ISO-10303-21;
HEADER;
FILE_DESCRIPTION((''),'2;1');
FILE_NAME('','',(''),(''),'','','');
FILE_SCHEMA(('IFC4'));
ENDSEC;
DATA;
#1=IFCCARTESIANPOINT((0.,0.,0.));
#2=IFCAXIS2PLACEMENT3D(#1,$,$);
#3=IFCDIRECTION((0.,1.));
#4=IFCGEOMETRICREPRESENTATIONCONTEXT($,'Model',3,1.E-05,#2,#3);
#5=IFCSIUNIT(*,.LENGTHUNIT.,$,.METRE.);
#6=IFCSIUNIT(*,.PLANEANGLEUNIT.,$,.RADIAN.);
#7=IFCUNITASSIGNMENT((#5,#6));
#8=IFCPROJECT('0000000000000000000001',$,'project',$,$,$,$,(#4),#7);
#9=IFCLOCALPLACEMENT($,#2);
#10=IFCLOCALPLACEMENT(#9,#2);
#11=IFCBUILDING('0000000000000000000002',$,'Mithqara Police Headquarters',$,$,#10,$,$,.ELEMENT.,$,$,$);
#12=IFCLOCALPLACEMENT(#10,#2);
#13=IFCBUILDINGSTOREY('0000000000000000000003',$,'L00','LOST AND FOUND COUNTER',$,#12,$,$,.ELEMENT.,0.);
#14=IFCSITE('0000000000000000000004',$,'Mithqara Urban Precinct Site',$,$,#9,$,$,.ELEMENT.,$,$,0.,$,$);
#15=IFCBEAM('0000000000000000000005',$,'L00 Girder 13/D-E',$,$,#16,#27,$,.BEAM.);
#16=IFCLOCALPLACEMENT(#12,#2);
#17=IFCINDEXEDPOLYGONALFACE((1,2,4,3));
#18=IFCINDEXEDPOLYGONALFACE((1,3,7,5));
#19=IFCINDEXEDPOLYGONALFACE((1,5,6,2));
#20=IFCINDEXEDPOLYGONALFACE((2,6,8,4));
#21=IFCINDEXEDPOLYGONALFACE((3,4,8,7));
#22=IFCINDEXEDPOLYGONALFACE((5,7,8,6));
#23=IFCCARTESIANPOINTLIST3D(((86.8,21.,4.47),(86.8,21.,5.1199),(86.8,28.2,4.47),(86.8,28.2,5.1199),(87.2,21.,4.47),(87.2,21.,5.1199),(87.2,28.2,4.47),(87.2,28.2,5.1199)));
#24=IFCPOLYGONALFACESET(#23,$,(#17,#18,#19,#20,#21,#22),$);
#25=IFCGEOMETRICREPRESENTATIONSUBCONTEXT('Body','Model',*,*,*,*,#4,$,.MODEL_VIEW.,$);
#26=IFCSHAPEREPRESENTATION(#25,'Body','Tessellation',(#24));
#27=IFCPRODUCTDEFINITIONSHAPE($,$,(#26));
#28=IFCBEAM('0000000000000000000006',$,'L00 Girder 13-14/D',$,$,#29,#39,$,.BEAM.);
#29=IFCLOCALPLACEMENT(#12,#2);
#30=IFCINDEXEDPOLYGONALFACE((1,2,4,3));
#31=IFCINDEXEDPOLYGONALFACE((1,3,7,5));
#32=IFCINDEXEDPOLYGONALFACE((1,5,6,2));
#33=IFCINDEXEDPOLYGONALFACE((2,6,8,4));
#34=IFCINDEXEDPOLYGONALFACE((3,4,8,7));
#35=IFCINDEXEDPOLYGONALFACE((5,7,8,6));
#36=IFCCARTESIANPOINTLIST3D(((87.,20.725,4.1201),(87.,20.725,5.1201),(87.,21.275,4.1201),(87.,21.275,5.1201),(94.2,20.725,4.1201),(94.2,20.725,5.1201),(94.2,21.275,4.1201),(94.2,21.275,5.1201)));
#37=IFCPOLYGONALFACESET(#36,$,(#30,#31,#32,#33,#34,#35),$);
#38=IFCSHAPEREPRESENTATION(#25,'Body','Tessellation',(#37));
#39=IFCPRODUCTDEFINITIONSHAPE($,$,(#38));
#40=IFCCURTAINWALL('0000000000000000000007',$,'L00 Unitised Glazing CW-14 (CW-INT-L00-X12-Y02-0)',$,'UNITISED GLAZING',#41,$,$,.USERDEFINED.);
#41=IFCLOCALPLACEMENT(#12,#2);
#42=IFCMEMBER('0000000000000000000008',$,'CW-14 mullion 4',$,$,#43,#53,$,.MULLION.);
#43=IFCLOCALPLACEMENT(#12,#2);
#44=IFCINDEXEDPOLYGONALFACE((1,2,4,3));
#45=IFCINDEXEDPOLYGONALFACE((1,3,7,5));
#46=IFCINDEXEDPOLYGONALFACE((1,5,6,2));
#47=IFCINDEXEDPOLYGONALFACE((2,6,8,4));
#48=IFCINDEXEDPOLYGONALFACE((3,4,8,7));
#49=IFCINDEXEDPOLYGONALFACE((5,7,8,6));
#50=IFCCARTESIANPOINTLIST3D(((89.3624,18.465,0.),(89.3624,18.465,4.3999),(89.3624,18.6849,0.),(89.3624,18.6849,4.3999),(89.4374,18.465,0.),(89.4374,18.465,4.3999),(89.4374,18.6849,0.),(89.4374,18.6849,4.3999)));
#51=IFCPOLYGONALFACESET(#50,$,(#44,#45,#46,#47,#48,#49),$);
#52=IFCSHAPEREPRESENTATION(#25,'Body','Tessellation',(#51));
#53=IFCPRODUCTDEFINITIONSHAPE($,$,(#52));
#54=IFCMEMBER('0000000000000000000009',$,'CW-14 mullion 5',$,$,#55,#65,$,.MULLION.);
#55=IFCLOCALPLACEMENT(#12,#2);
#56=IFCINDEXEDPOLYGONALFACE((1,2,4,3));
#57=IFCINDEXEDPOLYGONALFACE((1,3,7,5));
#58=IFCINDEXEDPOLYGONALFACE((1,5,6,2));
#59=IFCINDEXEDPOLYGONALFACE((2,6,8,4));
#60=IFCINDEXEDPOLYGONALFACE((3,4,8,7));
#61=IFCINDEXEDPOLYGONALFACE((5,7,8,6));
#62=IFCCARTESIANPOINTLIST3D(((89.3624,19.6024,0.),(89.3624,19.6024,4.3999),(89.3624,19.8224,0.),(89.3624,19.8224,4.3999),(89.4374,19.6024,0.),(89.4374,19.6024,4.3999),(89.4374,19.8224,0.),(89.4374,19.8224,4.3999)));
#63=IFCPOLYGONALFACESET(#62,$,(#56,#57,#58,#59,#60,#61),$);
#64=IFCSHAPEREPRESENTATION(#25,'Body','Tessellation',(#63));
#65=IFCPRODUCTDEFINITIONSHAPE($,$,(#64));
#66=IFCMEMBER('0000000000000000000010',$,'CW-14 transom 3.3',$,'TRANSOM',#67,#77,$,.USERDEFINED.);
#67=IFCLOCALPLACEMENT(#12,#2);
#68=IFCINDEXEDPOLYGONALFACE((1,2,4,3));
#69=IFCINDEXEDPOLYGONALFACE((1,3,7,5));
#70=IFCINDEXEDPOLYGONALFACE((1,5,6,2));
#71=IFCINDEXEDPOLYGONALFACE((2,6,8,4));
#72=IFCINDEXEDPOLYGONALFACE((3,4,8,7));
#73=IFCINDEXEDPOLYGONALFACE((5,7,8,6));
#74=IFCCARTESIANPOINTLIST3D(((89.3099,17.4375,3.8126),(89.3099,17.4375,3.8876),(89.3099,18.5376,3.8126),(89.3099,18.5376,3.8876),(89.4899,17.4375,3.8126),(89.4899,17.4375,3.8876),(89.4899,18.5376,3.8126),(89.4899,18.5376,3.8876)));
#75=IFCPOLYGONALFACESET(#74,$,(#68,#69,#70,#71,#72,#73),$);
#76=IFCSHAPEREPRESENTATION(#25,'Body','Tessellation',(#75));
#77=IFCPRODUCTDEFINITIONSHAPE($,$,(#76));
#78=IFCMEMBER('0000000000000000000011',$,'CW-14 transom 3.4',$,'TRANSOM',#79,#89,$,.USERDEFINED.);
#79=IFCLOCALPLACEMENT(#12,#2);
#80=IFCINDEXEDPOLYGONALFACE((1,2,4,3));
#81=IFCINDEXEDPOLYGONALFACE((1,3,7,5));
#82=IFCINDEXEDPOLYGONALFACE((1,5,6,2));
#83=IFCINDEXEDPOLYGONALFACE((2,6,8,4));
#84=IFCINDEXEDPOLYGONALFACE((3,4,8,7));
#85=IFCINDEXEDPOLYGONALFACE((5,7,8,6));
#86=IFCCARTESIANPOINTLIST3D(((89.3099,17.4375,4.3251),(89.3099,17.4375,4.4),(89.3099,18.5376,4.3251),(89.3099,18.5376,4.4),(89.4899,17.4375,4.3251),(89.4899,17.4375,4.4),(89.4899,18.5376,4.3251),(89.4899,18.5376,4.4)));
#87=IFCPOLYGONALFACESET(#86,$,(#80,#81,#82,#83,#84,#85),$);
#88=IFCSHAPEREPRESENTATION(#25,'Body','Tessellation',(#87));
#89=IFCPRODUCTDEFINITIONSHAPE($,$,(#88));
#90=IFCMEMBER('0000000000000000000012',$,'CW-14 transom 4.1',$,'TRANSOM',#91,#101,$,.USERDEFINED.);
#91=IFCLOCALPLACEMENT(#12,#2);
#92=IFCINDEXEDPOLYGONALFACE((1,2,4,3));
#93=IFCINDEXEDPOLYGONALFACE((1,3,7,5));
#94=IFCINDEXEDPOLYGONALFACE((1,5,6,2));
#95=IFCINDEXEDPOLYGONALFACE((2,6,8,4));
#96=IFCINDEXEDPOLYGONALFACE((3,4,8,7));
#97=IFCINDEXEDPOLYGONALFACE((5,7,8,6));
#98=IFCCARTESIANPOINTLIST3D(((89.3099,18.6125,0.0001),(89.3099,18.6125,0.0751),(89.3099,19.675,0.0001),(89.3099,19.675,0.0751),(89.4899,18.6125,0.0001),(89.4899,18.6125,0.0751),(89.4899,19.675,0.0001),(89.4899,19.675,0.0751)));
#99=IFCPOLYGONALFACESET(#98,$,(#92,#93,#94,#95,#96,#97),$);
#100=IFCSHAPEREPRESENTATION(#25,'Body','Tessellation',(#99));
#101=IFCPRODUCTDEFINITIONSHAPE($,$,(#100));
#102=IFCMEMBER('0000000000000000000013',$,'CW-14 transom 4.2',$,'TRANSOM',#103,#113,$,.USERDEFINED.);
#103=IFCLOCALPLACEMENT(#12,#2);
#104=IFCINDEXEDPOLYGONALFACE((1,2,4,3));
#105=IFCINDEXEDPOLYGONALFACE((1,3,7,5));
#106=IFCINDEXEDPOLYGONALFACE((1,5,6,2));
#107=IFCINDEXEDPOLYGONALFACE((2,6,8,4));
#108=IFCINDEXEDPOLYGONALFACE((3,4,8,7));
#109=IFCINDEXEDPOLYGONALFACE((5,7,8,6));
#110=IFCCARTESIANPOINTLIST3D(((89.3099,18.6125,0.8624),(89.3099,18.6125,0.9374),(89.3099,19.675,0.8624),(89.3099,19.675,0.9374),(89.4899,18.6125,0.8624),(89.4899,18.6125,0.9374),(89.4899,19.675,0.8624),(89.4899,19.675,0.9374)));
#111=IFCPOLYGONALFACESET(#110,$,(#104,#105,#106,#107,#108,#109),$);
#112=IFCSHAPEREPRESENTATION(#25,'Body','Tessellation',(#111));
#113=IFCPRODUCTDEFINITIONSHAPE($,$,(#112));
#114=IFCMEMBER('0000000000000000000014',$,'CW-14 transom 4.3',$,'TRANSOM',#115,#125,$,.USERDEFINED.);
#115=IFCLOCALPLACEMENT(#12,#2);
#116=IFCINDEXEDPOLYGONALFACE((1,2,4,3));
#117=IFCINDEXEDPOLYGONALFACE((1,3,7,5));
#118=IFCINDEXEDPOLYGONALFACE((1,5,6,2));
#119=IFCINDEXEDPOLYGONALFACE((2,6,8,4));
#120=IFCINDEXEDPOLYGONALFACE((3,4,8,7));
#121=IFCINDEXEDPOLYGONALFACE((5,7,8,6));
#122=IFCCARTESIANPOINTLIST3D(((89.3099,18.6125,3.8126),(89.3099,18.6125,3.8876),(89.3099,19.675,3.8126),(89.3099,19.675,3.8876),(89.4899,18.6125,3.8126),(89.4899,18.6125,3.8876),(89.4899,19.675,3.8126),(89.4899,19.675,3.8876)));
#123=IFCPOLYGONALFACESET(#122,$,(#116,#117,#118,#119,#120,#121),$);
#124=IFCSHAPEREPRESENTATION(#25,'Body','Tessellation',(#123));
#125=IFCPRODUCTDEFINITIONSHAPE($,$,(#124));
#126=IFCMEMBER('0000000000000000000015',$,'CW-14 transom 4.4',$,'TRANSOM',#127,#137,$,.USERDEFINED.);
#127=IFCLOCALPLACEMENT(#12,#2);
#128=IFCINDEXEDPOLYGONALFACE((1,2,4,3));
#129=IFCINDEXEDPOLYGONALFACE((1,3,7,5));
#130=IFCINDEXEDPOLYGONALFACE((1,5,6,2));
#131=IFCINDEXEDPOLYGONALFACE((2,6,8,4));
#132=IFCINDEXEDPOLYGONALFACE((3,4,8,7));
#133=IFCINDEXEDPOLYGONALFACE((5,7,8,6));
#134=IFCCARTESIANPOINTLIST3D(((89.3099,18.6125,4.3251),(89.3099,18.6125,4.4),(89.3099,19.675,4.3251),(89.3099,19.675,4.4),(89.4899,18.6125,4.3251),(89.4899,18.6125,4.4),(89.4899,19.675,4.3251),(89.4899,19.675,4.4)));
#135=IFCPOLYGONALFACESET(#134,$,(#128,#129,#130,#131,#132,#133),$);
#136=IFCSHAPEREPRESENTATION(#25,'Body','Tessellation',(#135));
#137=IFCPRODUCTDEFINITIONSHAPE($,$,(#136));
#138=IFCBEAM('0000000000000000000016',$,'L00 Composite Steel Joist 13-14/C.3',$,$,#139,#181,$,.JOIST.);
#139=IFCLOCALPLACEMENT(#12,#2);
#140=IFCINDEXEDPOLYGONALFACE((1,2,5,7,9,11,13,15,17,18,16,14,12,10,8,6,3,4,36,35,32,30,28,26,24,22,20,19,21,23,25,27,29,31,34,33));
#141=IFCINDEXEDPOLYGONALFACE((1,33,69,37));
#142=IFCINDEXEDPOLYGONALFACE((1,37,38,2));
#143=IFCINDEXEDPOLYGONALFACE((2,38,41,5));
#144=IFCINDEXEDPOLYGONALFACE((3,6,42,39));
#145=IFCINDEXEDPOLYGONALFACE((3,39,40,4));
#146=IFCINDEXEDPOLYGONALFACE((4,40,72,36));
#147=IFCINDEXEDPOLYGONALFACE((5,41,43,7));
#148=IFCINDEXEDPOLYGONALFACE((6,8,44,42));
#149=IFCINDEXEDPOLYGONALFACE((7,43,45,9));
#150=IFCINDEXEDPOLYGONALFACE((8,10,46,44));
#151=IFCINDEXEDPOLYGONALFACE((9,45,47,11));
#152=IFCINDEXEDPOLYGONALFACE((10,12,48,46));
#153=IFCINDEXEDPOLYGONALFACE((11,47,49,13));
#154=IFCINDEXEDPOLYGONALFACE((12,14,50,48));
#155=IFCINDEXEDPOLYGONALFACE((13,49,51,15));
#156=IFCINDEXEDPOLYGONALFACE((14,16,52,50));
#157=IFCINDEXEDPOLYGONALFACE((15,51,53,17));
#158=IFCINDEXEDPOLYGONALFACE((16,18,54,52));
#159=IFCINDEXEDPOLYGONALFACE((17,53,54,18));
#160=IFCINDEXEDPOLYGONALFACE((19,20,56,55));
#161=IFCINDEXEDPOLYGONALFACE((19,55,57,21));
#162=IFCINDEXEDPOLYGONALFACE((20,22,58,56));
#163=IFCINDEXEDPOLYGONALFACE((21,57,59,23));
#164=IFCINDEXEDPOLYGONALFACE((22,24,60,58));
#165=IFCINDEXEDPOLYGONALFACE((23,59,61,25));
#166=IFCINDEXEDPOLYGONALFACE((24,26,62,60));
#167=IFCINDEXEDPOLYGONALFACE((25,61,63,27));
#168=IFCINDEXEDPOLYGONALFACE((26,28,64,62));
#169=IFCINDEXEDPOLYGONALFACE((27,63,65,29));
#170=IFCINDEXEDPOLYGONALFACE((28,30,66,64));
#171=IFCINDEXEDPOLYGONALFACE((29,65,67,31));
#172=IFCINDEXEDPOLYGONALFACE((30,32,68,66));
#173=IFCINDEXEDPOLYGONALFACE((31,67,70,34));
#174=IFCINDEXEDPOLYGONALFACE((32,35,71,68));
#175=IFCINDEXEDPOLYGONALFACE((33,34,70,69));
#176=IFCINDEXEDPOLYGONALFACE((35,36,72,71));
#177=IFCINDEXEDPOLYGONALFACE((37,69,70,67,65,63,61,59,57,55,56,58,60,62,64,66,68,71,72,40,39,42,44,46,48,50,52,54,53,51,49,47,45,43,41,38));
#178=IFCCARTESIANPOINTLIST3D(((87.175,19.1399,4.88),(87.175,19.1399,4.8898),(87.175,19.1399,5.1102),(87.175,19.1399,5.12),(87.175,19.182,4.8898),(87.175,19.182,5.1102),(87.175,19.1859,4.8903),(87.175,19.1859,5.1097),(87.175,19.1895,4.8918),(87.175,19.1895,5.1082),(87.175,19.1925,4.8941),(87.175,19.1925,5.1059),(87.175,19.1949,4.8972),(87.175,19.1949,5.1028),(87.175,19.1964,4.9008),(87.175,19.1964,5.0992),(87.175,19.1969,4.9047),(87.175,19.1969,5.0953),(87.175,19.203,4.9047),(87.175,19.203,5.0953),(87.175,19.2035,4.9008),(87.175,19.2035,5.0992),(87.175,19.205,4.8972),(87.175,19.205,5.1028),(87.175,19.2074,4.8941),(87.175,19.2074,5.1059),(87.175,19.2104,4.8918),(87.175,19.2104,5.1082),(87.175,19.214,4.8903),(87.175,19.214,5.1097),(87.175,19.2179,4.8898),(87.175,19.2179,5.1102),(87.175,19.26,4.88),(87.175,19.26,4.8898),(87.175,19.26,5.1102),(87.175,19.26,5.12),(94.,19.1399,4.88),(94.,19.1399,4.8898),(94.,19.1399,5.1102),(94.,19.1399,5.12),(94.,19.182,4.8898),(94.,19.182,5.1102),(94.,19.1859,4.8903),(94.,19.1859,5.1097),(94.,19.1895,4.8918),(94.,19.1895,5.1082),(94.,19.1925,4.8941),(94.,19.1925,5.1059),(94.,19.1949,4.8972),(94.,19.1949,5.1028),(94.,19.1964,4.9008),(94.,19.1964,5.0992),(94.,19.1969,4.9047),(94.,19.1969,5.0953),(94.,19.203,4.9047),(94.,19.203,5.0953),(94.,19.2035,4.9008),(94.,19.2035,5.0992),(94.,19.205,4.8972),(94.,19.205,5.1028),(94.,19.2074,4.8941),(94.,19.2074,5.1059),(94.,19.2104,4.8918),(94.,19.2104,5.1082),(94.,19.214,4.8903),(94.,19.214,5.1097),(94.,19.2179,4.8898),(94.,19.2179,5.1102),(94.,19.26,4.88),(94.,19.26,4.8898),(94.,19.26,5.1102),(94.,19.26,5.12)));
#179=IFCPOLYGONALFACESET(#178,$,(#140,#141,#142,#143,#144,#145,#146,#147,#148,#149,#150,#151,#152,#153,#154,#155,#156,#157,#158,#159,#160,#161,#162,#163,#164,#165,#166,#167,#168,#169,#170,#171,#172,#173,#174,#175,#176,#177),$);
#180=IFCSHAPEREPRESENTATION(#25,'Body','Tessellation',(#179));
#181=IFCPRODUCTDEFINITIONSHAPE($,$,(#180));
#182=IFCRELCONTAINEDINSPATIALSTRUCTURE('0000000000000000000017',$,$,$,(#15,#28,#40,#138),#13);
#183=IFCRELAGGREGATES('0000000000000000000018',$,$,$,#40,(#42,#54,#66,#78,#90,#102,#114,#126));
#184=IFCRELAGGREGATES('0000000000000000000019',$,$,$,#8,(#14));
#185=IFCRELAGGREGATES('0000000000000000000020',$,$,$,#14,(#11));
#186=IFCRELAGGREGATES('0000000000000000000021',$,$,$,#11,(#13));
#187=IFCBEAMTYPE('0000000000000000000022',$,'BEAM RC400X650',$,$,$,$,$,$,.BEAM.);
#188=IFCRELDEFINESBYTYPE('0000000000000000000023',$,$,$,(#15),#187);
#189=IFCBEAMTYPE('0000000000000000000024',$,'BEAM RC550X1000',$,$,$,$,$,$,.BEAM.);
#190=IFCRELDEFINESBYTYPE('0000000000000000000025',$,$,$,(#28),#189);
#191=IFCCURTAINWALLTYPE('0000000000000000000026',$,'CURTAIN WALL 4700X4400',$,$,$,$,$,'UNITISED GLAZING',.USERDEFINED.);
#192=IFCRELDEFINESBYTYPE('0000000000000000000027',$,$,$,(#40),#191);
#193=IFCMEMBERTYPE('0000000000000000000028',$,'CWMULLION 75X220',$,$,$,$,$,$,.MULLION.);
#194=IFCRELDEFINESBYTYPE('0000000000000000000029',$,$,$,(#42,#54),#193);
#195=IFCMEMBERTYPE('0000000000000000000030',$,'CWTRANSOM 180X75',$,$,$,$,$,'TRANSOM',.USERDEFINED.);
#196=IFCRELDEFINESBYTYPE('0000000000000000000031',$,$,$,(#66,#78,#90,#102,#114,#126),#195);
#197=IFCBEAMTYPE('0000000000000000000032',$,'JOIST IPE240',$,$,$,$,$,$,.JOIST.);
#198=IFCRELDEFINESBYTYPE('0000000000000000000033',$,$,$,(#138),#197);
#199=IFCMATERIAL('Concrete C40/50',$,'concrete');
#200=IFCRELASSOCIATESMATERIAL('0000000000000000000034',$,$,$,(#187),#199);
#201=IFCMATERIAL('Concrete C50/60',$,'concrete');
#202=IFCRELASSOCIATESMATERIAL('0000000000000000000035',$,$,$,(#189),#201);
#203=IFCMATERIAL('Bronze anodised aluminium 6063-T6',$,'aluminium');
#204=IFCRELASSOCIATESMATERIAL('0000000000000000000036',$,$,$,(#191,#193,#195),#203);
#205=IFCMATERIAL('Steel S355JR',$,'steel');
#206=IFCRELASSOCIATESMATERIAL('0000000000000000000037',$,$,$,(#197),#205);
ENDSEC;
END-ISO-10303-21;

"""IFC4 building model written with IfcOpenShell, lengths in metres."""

from ifc_helpers import new_model, si_unit, direction, frame, origin, origin_2d, place, context, subcontext, project, spatial, rectangle, i_section, extrude, material, material_profile, profile_set, type_object, element, aggregate, save


model = new_model("IFC4")

# Units and contexts
model_context = context("Model", 3, precision=1e-05, world=origin(), true_north=direction((0.0, 1.0)))
body_context = subcontext(model_context, "Body", "Model", "MODEL_VIEW")
ifc_project = project(units=[si_unit("LENGTHUNIT", "METRE"), si_unit("PLANEANGLEUNIT", "RADIAN")], contexts=[model_context])

# Site, building, storey
site_placement = place(None, origin())
site = spatial("IfcSite", under=ifc_project, at=site_placement, Name="Mithqara Urban Precinct Site", CompositionType="ELEMENT", RefElevation=0.0)
building_placement = place(site_placement, origin())
building = spatial("IfcBuilding", under=site, at=building_placement, Name="Mithqara Police Headquarters", CompositionType="ELEMENT")
storey_placement = place(building_placement, origin())
storey = spatial("IfcBuildingStorey", under=building, at=storey_placement, Name="L00", Description="LOST AND FOUND COUNTER", CompositionType="ELEMENT", Elevation=0.0)

# Shared definitions
ifc_material_1 = material(Name="Concrete C50/60", Category="concrete")

# Beams
ifc_material_2 = material(Name="Steel S355JR", Category="steel")
ifc_material_3 = material(Name="Concrete C40/50", Category="concrete")
ifc_material_profile_1 = material_profile(ifc_material_3, rectangle(XDim=0.3999, YDim=0.6499, at=origin_2d()), Name="RC 400x650")
ifc_profile_set_1 = profile_set([ifc_material_profile_1], Name="Concrete C40/50")
beam_type_1 = type_object("IfcBeamType", Name="BEAM RC400X650", PredefinedType="BEAM", material=ifc_profile_set_1)
beam_1_placement = place(storey_placement, frame((87.0, 21.0, 4.7949), z_axis=(0.0, 1.0, 0.0), x_axis=(-1.0, 0.0, 0.0)))
element("IfcBeam", 1, at=beam_1_placement, inside=storey, type_object=beam_type_1, Name="L00 Girder 13/D-E", PredefinedType="BEAM", context=body_context, shape_type="SweptSolid", body=[
    extrude(rectangle(XDim=0.3999, YDim=0.6499, at=origin_2d()), origin(), (0.0, 0.0, 1.0), 7.2),
])
ifc_material_profile_2 = material_profile(ifc_material_1, rectangle(XDim=0.55, YDim=1.0, at=origin_2d()), Name="RC 550x1000")
ifc_profile_set_2 = profile_set([ifc_material_profile_2], Name="Concrete C50/60")
beam_type_2 = type_object("IfcBeamType", Name="BEAM RC550X1000", PredefinedType="BEAM", material=ifc_profile_set_2)
beam_2_placement = place(storey_placement, frame((87.0, 21.0, 4.6201), z_axis=(1.0, 0.0, 0.0), x_axis=(0.0, 1.0, 0.0)))
element("IfcBeam", 2, at=beam_2_placement, inside=storey, type_object=beam_type_2, Name="L00 Girder 13-14/D", PredefinedType="BEAM", context=body_context, shape_type="SweptSolid", body=[
    extrude(rectangle(XDim=0.55, YDim=1.0, at=origin_2d()), origin(), (0.0, 0.0, 1.0), 7.2),
])

# Curtain wall, members
ifc_material_4 = material(Name="Bronze anodised aluminium 6063-T6", Category="aluminium")
curtain_wall_type = type_object("IfcCurtainWallType", Name="CURTAIN WALL 4700X4400", ElementType="UNITISED GLAZING", PredefinedType="USERDEFINED", material=ifc_material_4)
curtain_wall_placement = place(storey_placement, origin())
curtain_wall = element("IfcCurtainWall", 3, at=curtain_wall_placement, inside=storey, type_object=curtain_wall_type, Name="L00 Unitised Glazing CW-14 (CW-INT-L00-X12-Y02-0)", ObjectType="UNITISED GLAZING", PredefinedType="USERDEFINED")
ifc_material_profile_3 = material_profile(ifc_material_4, rectangle(XDim=0.075, YDim=0.22, at=origin_2d()), Name="CWM 75x220")
ifc_profile_set_3 = profile_set([ifc_material_profile_3], Name="Bronze anodised aluminium 6063-T6")
member_type_1 = type_object("IfcMemberType", Name="CWMULLION 75X220", PredefinedType="MULLION", material=ifc_profile_set_3)
member_1_placement = place(storey_placement, frame((89.3999, 18.575, 0.0), z_axis=(0.0, 0.0, 1.0), x_axis=(-1.0, 0.0, 0.0)))
member_1 = element("IfcMember", 4, at=member_1_placement, type_object=member_type_1, Name="CW-14 mullion 4", PredefinedType="MULLION", context=body_context, shape_type="SweptSolid", body=[
    extrude(rectangle(XDim=0.075, YDim=0.22, at=origin_2d()), origin(), (0.0, 0.0, 1.0), 4.3999),
])
member_2_placement = place(storey_placement, frame((89.3999, 19.7124, 0.0), z_axis=(0.0, 0.0, 1.0), x_axis=(-1.0, 0.0, 0.0)))
member_2 = element("IfcMember", 5, at=member_2_placement, type_object=member_type_1, Name="CW-14 mullion 5", PredefinedType="MULLION", context=body_context, shape_type="SweptSolid", body=[
    extrude(rectangle(XDim=0.075, YDim=0.22, at=origin_2d()), origin(), (0.0, 0.0, 1.0), 4.3999),
])
ifc_material_profile_4 = material_profile(ifc_material_4, rectangle(XDim=0.1799, YDim=0.075, at=origin_2d()), Name="CWT 180x75")
ifc_profile_set_4 = profile_set([ifc_material_profile_4], Name="Bronze anodised aluminium 6063-T6")
member_type_2 = type_object("IfcMemberType", Name="CWTRANSOM 180X75", ElementType="TRANSOM", PredefinedType="USERDEFINED", material=ifc_profile_set_4)
member_3_placement = place(storey_placement, frame((89.3999, 17.4375, 3.8501), z_axis=(0.0, 1.0, 0.0), x_axis=(-1.0, 0.0, 0.0)))
member_3 = element("IfcMember", 6, at=member_3_placement, type_object=member_type_2, Name="CW-14 transom 3.3", ObjectType="TRANSOM", PredefinedType="USERDEFINED", context=body_context, shape_type="SweptSolid", body=[
    extrude(rectangle(XDim=0.1799, YDim=0.075, at=origin_2d()), origin(), (0.0, 0.0, 1.0), 1.1001),
])
member_4_placement = place(storey_placement, frame((89.3999, 17.4375, 4.3625), z_axis=(0.0, 1.0, 0.0), x_axis=(-1.0, 0.0, 0.0)))
member_4 = element("IfcMember", 7, at=member_4_placement, type_object=member_type_2, Name="CW-14 transom 3.4", ObjectType="TRANSOM", PredefinedType="USERDEFINED", context=body_context, shape_type="SweptSolid", body=[
    extrude(rectangle(XDim=0.1799, YDim=0.075, at=origin_2d()), origin(), (0.0, 0.0, 1.0), 1.1001),
])
member_5_placement = place(storey_placement, frame((89.3999, 18.6125, 0.0376), z_axis=(0.0, 1.0, 0.0), x_axis=(-1.0, 0.0, 0.0)))
member_5 = element("IfcMember", 8, at=member_5_placement, type_object=member_type_2, Name="CW-14 transom 4.1", ObjectType="TRANSOM", PredefinedType="USERDEFINED", context=body_context, shape_type="SweptSolid", body=[
    extrude(rectangle(XDim=0.1799, YDim=0.075, at=origin_2d()), origin(), (0.0, 0.0, 1.0), 1.0625),
])
member_6_placement = place(storey_placement, frame((89.3999, 18.6125, 0.8999), z_axis=(0.0, 1.0, 0.0), x_axis=(-1.0, 0.0, 0.0)))
member_6 = element("IfcMember", 9, at=member_6_placement, type_object=member_type_2, Name="CW-14 transom 4.2", ObjectType="TRANSOM", PredefinedType="USERDEFINED", context=body_context, shape_type="SweptSolid", body=[
    extrude(rectangle(XDim=0.1799, YDim=0.075, at=origin_2d()), origin(), (0.0, 0.0, 1.0), 1.0625),
])
member_7_placement = place(storey_placement, frame((89.3999, 18.6125, 3.8501), z_axis=(0.0, 1.0, 0.0), x_axis=(-1.0, 0.0, 0.0)))
member_7 = element("IfcMember", 10, at=member_7_placement, type_object=member_type_2, Name="CW-14 transom 4.3", ObjectType="TRANSOM", PredefinedType="USERDEFINED", context=body_context, shape_type="SweptSolid", body=[
    extrude(rectangle(XDim=0.1799, YDim=0.075, at=origin_2d()), origin(), (0.0, 0.0, 1.0), 1.0625),
])
member_8_placement = place(storey_placement, frame((89.3999, 18.6125, 4.3625), z_axis=(0.0, 1.0, 0.0), x_axis=(-1.0, 0.0, 0.0)))
member_8 = element("IfcMember", 11, at=member_8_placement, type_object=member_type_2, Name="CW-14 transom 4.4", ObjectType="TRANSOM", PredefinedType="USERDEFINED", context=body_context, shape_type="SweptSolid", body=[
    extrude(rectangle(XDim=0.1799, YDim=0.075, at=origin_2d()), origin(), (0.0, 0.0, 1.0), 1.0625),
])

# Beam
ifc_material_profile_5 = material_profile(ifc_material_2, i_section(OverallWidth=0.1201, OverallDepth=0.24, WebThickness=0.0061, FlangeThickness=0.0098, FilletRadius=0.0149, at=origin_2d()), Name="IPE 240")
ifc_profile_set_5 = profile_set([ifc_material_profile_5], Name="Steel S355JR")
beam_type_3 = type_object("IfcBeamType", Name="JOIST IPE240", PredefinedType="JOIST", material=ifc_profile_set_5)
beam_3_placement = place(storey_placement, frame((87.175, 19.2, 5.0), z_axis=(1.0, 0.0, 0.0), x_axis=(0.0, 1.0, 0.0)))
element("IfcBeam", 12, at=beam_3_placement, inside=storey, type_object=beam_type_3, Name="L00 Composite Steel Joist 13-14/C.3", PredefinedType="JOIST", context=body_context, shape_type="SweptSolid", body=[
    extrude(i_section(OverallWidth=0.1201, OverallDepth=0.24, WebThickness=0.0061, FlangeThickness=0.0098, FilletRadius=0.0149, at=origin_2d()), origin(), (0.0, 0.0, 1.0), 6.825),
])

aggregate(curtain_wall, [member_1, member_2, member_3, member_4, member_5, member_6, member_7, member_8])

save(model, "model.ifc")
